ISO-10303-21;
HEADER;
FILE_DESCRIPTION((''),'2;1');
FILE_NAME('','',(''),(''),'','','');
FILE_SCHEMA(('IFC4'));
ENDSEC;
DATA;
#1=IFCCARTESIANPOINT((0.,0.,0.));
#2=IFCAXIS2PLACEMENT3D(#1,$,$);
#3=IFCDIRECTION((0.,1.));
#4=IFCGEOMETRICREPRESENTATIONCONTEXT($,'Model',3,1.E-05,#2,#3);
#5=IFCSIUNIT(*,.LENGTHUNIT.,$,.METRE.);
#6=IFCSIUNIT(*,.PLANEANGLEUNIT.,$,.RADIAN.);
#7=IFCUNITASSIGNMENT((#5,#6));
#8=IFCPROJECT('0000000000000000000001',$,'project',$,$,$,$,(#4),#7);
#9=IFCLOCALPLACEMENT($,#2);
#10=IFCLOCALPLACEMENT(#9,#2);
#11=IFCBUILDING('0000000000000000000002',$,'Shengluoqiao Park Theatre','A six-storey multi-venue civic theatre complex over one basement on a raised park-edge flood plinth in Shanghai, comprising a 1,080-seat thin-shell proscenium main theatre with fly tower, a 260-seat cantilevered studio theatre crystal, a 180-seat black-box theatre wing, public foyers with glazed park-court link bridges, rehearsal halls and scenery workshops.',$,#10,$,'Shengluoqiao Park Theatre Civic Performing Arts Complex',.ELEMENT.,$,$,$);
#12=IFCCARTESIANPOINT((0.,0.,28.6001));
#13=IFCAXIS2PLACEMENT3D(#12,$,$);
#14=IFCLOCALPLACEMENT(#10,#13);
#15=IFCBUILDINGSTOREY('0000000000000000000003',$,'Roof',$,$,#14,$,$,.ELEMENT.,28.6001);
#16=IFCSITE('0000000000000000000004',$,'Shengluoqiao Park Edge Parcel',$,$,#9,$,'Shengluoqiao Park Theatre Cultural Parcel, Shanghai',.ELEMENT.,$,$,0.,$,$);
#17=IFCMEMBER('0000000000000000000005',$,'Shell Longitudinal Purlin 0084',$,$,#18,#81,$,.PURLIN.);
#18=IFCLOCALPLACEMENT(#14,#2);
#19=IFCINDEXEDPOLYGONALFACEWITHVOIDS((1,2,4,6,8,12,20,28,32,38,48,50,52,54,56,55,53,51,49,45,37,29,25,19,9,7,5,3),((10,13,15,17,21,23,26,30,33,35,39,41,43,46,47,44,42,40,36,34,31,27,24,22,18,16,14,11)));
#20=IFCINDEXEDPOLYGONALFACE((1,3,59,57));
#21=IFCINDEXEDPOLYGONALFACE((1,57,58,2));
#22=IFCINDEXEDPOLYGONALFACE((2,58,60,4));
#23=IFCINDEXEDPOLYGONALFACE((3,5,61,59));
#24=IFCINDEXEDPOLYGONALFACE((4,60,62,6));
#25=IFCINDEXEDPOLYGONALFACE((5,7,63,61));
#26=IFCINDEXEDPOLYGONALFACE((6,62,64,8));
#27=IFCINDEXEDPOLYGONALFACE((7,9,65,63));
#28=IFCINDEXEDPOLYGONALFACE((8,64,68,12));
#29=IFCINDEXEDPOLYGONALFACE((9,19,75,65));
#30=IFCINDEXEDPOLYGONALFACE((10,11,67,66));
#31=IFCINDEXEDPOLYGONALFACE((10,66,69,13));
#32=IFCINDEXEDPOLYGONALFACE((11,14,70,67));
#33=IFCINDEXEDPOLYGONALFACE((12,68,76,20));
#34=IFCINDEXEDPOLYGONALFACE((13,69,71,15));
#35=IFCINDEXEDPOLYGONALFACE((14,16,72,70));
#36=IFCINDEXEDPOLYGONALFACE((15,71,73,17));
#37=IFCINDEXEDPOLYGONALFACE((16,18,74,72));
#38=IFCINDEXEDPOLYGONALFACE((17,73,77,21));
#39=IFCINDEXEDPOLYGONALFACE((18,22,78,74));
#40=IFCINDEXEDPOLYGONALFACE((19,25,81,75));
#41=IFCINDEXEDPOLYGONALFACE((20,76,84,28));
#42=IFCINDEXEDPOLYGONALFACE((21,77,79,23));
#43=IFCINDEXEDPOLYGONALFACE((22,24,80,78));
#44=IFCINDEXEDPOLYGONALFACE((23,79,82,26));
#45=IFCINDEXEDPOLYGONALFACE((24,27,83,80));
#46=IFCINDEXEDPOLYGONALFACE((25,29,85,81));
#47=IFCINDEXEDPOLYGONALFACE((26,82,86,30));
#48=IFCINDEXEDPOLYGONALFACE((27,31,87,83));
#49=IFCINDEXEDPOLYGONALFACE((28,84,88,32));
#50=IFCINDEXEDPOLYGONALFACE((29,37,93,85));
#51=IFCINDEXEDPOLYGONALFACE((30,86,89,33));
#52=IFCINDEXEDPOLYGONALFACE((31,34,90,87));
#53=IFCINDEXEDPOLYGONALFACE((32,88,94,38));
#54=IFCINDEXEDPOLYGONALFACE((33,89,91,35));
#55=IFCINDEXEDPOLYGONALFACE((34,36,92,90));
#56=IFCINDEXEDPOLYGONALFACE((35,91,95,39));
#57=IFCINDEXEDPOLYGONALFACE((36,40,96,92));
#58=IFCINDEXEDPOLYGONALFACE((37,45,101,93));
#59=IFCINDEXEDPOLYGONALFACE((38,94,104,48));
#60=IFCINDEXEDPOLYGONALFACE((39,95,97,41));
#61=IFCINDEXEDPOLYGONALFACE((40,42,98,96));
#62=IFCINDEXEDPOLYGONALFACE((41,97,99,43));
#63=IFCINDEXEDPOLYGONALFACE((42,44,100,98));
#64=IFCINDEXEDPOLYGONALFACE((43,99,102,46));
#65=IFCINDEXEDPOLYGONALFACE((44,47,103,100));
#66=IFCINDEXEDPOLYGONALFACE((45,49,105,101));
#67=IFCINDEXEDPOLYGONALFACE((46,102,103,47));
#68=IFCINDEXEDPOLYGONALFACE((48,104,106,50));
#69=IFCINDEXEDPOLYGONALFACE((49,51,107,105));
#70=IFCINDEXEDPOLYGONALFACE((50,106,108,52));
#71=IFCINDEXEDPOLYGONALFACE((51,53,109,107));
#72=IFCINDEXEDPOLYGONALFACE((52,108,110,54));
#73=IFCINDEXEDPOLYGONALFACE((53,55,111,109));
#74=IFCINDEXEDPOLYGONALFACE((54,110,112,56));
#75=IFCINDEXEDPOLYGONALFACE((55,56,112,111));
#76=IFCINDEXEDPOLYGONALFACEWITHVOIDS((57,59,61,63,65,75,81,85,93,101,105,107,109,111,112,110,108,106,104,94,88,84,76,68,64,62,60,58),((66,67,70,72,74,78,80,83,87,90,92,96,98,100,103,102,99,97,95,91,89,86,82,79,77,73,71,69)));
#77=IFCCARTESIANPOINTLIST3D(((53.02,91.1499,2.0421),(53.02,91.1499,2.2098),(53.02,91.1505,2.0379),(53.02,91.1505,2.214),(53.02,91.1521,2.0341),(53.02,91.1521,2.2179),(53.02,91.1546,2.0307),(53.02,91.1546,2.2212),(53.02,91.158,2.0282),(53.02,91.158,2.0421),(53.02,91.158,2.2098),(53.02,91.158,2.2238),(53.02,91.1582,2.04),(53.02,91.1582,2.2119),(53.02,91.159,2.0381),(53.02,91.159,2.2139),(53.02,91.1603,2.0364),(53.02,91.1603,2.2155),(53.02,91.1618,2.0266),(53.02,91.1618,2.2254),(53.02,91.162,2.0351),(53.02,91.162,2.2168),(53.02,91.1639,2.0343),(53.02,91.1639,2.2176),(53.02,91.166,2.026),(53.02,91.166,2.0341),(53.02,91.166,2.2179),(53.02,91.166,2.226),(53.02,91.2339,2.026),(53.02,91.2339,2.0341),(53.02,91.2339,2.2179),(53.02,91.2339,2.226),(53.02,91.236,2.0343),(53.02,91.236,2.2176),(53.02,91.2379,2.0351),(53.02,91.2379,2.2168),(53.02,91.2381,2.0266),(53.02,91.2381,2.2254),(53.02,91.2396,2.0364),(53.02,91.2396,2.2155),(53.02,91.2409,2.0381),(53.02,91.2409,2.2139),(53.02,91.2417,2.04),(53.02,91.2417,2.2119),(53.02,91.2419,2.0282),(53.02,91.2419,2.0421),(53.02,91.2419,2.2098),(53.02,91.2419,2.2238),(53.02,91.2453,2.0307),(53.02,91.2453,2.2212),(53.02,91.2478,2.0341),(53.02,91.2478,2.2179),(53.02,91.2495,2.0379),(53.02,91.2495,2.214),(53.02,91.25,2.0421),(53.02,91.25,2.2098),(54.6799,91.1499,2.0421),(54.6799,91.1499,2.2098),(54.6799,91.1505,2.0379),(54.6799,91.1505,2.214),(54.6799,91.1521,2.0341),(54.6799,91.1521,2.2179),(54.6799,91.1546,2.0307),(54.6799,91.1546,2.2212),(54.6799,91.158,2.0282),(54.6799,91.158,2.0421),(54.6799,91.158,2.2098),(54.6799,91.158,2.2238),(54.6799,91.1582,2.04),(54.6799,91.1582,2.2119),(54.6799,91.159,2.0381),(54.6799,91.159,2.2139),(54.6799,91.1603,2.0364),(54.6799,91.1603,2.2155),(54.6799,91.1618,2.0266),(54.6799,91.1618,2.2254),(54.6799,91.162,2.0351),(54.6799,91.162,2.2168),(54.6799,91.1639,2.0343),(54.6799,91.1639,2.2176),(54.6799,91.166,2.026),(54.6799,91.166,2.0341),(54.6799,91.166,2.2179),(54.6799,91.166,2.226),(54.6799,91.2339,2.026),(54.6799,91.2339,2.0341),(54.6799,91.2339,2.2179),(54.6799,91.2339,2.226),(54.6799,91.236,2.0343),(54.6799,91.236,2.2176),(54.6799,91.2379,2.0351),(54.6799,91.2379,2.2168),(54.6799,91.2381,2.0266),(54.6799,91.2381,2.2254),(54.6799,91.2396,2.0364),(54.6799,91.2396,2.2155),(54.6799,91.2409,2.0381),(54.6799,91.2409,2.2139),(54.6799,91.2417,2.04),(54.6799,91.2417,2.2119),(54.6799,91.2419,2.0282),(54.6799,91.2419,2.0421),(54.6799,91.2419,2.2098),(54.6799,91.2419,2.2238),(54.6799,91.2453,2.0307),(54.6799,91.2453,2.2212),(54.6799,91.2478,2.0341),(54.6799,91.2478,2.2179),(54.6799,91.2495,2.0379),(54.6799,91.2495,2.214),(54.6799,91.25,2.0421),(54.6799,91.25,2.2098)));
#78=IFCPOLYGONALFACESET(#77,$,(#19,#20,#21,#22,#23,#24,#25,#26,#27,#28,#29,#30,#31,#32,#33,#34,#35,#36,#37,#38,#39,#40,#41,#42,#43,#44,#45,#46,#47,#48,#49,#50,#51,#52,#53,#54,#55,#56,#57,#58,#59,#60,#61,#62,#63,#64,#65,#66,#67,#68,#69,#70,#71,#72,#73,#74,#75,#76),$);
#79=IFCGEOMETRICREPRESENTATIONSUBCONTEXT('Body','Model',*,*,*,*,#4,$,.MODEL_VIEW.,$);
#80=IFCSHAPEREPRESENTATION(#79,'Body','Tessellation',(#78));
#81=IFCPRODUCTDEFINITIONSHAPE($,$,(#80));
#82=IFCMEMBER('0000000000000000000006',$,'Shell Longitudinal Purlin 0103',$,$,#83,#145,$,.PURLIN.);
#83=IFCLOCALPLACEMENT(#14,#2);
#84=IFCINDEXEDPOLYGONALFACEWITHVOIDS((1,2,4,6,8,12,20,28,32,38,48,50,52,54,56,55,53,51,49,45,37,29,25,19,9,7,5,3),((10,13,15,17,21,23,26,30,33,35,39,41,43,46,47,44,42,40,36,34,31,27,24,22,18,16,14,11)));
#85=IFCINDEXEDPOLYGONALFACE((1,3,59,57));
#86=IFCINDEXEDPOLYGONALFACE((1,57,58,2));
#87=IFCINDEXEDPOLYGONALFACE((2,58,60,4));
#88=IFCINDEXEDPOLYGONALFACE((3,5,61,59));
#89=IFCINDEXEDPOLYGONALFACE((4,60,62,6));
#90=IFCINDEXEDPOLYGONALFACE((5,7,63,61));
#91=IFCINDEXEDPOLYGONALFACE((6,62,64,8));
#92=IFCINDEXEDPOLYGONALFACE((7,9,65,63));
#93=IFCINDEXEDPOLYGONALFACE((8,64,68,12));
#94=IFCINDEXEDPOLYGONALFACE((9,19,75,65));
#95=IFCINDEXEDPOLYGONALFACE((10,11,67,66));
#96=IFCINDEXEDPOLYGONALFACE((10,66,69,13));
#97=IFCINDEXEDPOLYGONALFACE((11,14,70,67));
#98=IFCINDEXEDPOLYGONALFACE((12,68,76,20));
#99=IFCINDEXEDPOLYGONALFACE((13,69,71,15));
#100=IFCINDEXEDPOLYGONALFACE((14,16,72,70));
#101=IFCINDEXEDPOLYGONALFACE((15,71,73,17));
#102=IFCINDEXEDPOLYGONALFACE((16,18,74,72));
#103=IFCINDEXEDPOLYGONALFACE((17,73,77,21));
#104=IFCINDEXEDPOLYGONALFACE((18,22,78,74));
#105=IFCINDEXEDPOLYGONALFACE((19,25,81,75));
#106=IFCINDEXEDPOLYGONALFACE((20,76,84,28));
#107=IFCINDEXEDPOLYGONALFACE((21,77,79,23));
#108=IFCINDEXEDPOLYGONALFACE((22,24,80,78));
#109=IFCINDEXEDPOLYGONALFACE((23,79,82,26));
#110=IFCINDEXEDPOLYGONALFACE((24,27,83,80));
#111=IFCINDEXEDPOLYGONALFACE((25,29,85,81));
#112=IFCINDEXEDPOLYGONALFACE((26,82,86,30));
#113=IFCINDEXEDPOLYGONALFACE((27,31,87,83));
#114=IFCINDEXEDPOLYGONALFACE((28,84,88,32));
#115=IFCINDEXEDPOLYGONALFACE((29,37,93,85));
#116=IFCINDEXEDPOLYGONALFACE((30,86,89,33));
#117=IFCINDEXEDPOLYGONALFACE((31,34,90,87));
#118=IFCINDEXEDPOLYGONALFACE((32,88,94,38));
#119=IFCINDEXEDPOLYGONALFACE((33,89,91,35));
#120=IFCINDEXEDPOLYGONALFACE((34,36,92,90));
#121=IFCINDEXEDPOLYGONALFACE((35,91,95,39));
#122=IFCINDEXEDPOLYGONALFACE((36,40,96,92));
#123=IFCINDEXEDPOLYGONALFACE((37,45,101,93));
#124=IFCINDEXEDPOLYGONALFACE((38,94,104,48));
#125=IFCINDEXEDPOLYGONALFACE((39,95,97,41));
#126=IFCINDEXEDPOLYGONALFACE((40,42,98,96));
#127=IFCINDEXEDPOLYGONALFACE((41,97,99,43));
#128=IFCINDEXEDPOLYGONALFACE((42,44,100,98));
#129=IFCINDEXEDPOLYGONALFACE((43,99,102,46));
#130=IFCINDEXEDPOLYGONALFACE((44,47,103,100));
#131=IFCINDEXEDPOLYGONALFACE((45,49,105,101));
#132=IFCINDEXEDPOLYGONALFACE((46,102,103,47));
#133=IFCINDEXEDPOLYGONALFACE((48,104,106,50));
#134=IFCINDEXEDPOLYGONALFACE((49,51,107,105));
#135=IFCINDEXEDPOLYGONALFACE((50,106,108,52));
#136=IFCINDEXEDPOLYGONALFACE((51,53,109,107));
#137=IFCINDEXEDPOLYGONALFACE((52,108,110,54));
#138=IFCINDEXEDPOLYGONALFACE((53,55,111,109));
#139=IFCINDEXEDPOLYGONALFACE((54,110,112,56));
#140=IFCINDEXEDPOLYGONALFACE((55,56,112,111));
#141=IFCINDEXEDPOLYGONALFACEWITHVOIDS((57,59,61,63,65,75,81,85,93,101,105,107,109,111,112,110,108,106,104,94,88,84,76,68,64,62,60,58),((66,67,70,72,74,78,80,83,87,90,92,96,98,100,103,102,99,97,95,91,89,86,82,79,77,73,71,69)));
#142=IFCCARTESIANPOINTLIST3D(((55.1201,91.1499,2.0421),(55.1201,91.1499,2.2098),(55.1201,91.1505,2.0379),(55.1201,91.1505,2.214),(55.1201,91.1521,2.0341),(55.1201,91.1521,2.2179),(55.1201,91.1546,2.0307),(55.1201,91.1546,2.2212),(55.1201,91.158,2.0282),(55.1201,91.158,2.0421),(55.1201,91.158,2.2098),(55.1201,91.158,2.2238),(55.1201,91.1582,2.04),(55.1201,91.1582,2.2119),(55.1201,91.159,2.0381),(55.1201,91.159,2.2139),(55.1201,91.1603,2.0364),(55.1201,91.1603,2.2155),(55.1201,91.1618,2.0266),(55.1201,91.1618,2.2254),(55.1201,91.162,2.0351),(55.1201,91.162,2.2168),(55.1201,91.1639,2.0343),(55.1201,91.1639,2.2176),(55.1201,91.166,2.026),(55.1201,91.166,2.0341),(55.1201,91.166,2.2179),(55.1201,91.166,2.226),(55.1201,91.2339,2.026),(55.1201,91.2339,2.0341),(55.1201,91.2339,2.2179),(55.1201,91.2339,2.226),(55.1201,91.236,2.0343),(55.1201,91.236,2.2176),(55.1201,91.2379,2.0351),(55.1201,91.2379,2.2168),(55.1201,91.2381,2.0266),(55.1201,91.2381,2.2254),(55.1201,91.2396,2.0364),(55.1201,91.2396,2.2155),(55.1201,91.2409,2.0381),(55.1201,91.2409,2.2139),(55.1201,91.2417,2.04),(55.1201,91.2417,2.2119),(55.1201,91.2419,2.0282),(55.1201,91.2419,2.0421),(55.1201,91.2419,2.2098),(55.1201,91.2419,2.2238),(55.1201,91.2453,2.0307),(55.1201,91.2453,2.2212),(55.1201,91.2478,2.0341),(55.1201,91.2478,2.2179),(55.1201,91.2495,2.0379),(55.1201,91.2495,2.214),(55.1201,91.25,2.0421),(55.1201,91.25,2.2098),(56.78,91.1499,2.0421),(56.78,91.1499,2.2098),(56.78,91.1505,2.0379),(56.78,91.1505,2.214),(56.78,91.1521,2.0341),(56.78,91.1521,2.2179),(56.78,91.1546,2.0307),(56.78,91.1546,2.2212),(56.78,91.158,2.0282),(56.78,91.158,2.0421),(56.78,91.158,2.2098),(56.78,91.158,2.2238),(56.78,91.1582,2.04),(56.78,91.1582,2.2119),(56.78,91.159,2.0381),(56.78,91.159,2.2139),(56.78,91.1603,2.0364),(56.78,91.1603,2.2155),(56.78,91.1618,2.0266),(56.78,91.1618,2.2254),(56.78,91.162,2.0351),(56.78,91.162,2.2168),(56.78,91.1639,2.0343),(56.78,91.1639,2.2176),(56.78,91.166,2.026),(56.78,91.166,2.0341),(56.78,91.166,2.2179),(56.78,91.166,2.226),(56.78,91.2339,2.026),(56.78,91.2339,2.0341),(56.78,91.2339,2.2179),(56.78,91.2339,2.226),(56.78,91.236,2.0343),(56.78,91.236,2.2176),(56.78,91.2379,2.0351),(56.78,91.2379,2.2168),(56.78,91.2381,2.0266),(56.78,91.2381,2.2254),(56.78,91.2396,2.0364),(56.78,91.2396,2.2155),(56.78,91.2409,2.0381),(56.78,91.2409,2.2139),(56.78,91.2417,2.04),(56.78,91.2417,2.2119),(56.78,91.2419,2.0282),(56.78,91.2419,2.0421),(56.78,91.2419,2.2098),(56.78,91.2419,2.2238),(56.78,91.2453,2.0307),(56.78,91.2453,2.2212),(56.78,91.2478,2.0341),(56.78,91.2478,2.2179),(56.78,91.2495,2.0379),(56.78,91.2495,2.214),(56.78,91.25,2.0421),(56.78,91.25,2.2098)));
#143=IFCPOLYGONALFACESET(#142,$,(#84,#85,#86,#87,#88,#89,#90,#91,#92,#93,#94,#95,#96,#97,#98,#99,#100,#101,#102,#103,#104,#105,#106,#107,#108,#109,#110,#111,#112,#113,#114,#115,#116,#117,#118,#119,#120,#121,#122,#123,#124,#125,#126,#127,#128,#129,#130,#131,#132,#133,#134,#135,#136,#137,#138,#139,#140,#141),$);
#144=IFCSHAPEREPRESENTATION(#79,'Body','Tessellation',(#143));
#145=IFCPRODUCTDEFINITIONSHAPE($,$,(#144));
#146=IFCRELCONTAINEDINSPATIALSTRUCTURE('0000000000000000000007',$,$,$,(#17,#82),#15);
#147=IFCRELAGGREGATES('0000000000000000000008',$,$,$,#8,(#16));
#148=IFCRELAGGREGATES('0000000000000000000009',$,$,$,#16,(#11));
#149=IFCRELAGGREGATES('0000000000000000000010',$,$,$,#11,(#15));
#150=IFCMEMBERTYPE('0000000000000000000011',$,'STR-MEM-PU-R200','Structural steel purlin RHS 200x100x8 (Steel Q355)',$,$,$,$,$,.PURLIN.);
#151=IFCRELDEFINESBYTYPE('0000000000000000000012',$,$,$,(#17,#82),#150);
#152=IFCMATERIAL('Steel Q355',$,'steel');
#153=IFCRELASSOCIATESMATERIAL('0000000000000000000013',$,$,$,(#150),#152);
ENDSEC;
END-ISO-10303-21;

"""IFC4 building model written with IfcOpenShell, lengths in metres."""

from ifc_helpers import new_model, si_unit, direction, frame, origin, origin_2d, place, context, subcontext, project, spatial, hollow_rectangle, extrude, material, material_profile, profile_set, type_object, element, save


model = new_model("IFC4")

# Units and contexts
model_context = context("Model", 3, precision=1e-05, world=origin(), true_north=direction((0.0, 1.0)))
body_context = subcontext(model_context, "Body", "Model", "MODEL_VIEW")
ifc_project = project(units=[si_unit("LENGTHUNIT", "METRE"), si_unit("PLANEANGLEUNIT", "RADIAN")], contexts=[model_context])

# Site, building, storey
site_placement = place(None, origin())
site = spatial("IfcSite", under=ifc_project, at=site_placement, Name="Shengluoqiao Park Edge Parcel", LongName="Shengluoqiao Park Theatre Cultural Parcel, Shanghai", CompositionType="ELEMENT", RefElevation=0.0)
building_placement = place(site_placement, origin())
building = spatial("IfcBuilding", under=site, at=building_placement, Name="Shengluoqiao Park Theatre", Description="A six-storey multi-venue civic theatre complex over one basement on a raised park-edge flood plinth in Shanghai, comprising a 1,080-seat thin-shell proscenium main theatre with fly tower, a 260-seat cantilevered studio theatre crystal, a 180-seat black-box theatre wing, public foyers with glazed park-court link bridges, rehearsal halls and scenery workshops.", LongName="Shengluoqiao Park Theatre Civic Performing Arts Complex", CompositionType="ELEMENT")
storey_placement = place(building_placement, frame((0.0, 0.0, 28.6001)))
storey = spatial("IfcBuildingStorey", under=building, at=storey_placement, Name="Roof", CompositionType="ELEMENT", Elevation=28.6001)

# Shared definitions
ifc_material_1 = material(Name="Steel Q355", Category="steel")

# Members
ifc_material_profile_1 = material_profile(ifc_material_1, hollow_rectangle(XDim=0.1001, YDim=0.2, WallThickness=0.0081, InnerFilletRadius=0.0081, OuterFilletRadius=0.0161, at=origin_2d()), Name="RHS 200x100x8")
ifc_profile_set_1 = profile_set([ifc_material_profile_1], Name="Steel Q355")
member_type_1 = type_object("IfcMemberType", Name="STR-MEM-PU-R200", Description="Structural steel purlin RHS 200x100x8 (Steel Q355)", PredefinedType="PURLIN", material=ifc_profile_set_1)
for number, where, z_axis, x_axis, name in (
    (1, (53.02, 91.2, 2.126), (1.0, 0.0, 0.0), (0.0, 1.0, 0.0), "Shell Longitudinal Purlin 0084"),
    (2, (55.1201, 91.2, 2.126), (1.0, 0.0, 0.0), (0.0, 1.0, 0.0), "Shell Longitudinal Purlin 0103"),
):
    element("IfcMember", number, at=place(storey_placement, frame(where, z_axis=z_axis, x_axis=x_axis)), inside=storey, type_object=member_type_1, Name=name, PredefinedType="PURLIN", context=body_context, shape_type="SweptSolid", body=[
        extrude(hollow_rectangle(XDim=0.1001, YDim=0.2, WallThickness=0.0081, InnerFilletRadius=0.0081, OuterFilletRadius=0.0161, at=origin_2d()), origin(), (0.0, 0.0, 1.0), 1.6599),
    ])

save(model, "model.ifc")
